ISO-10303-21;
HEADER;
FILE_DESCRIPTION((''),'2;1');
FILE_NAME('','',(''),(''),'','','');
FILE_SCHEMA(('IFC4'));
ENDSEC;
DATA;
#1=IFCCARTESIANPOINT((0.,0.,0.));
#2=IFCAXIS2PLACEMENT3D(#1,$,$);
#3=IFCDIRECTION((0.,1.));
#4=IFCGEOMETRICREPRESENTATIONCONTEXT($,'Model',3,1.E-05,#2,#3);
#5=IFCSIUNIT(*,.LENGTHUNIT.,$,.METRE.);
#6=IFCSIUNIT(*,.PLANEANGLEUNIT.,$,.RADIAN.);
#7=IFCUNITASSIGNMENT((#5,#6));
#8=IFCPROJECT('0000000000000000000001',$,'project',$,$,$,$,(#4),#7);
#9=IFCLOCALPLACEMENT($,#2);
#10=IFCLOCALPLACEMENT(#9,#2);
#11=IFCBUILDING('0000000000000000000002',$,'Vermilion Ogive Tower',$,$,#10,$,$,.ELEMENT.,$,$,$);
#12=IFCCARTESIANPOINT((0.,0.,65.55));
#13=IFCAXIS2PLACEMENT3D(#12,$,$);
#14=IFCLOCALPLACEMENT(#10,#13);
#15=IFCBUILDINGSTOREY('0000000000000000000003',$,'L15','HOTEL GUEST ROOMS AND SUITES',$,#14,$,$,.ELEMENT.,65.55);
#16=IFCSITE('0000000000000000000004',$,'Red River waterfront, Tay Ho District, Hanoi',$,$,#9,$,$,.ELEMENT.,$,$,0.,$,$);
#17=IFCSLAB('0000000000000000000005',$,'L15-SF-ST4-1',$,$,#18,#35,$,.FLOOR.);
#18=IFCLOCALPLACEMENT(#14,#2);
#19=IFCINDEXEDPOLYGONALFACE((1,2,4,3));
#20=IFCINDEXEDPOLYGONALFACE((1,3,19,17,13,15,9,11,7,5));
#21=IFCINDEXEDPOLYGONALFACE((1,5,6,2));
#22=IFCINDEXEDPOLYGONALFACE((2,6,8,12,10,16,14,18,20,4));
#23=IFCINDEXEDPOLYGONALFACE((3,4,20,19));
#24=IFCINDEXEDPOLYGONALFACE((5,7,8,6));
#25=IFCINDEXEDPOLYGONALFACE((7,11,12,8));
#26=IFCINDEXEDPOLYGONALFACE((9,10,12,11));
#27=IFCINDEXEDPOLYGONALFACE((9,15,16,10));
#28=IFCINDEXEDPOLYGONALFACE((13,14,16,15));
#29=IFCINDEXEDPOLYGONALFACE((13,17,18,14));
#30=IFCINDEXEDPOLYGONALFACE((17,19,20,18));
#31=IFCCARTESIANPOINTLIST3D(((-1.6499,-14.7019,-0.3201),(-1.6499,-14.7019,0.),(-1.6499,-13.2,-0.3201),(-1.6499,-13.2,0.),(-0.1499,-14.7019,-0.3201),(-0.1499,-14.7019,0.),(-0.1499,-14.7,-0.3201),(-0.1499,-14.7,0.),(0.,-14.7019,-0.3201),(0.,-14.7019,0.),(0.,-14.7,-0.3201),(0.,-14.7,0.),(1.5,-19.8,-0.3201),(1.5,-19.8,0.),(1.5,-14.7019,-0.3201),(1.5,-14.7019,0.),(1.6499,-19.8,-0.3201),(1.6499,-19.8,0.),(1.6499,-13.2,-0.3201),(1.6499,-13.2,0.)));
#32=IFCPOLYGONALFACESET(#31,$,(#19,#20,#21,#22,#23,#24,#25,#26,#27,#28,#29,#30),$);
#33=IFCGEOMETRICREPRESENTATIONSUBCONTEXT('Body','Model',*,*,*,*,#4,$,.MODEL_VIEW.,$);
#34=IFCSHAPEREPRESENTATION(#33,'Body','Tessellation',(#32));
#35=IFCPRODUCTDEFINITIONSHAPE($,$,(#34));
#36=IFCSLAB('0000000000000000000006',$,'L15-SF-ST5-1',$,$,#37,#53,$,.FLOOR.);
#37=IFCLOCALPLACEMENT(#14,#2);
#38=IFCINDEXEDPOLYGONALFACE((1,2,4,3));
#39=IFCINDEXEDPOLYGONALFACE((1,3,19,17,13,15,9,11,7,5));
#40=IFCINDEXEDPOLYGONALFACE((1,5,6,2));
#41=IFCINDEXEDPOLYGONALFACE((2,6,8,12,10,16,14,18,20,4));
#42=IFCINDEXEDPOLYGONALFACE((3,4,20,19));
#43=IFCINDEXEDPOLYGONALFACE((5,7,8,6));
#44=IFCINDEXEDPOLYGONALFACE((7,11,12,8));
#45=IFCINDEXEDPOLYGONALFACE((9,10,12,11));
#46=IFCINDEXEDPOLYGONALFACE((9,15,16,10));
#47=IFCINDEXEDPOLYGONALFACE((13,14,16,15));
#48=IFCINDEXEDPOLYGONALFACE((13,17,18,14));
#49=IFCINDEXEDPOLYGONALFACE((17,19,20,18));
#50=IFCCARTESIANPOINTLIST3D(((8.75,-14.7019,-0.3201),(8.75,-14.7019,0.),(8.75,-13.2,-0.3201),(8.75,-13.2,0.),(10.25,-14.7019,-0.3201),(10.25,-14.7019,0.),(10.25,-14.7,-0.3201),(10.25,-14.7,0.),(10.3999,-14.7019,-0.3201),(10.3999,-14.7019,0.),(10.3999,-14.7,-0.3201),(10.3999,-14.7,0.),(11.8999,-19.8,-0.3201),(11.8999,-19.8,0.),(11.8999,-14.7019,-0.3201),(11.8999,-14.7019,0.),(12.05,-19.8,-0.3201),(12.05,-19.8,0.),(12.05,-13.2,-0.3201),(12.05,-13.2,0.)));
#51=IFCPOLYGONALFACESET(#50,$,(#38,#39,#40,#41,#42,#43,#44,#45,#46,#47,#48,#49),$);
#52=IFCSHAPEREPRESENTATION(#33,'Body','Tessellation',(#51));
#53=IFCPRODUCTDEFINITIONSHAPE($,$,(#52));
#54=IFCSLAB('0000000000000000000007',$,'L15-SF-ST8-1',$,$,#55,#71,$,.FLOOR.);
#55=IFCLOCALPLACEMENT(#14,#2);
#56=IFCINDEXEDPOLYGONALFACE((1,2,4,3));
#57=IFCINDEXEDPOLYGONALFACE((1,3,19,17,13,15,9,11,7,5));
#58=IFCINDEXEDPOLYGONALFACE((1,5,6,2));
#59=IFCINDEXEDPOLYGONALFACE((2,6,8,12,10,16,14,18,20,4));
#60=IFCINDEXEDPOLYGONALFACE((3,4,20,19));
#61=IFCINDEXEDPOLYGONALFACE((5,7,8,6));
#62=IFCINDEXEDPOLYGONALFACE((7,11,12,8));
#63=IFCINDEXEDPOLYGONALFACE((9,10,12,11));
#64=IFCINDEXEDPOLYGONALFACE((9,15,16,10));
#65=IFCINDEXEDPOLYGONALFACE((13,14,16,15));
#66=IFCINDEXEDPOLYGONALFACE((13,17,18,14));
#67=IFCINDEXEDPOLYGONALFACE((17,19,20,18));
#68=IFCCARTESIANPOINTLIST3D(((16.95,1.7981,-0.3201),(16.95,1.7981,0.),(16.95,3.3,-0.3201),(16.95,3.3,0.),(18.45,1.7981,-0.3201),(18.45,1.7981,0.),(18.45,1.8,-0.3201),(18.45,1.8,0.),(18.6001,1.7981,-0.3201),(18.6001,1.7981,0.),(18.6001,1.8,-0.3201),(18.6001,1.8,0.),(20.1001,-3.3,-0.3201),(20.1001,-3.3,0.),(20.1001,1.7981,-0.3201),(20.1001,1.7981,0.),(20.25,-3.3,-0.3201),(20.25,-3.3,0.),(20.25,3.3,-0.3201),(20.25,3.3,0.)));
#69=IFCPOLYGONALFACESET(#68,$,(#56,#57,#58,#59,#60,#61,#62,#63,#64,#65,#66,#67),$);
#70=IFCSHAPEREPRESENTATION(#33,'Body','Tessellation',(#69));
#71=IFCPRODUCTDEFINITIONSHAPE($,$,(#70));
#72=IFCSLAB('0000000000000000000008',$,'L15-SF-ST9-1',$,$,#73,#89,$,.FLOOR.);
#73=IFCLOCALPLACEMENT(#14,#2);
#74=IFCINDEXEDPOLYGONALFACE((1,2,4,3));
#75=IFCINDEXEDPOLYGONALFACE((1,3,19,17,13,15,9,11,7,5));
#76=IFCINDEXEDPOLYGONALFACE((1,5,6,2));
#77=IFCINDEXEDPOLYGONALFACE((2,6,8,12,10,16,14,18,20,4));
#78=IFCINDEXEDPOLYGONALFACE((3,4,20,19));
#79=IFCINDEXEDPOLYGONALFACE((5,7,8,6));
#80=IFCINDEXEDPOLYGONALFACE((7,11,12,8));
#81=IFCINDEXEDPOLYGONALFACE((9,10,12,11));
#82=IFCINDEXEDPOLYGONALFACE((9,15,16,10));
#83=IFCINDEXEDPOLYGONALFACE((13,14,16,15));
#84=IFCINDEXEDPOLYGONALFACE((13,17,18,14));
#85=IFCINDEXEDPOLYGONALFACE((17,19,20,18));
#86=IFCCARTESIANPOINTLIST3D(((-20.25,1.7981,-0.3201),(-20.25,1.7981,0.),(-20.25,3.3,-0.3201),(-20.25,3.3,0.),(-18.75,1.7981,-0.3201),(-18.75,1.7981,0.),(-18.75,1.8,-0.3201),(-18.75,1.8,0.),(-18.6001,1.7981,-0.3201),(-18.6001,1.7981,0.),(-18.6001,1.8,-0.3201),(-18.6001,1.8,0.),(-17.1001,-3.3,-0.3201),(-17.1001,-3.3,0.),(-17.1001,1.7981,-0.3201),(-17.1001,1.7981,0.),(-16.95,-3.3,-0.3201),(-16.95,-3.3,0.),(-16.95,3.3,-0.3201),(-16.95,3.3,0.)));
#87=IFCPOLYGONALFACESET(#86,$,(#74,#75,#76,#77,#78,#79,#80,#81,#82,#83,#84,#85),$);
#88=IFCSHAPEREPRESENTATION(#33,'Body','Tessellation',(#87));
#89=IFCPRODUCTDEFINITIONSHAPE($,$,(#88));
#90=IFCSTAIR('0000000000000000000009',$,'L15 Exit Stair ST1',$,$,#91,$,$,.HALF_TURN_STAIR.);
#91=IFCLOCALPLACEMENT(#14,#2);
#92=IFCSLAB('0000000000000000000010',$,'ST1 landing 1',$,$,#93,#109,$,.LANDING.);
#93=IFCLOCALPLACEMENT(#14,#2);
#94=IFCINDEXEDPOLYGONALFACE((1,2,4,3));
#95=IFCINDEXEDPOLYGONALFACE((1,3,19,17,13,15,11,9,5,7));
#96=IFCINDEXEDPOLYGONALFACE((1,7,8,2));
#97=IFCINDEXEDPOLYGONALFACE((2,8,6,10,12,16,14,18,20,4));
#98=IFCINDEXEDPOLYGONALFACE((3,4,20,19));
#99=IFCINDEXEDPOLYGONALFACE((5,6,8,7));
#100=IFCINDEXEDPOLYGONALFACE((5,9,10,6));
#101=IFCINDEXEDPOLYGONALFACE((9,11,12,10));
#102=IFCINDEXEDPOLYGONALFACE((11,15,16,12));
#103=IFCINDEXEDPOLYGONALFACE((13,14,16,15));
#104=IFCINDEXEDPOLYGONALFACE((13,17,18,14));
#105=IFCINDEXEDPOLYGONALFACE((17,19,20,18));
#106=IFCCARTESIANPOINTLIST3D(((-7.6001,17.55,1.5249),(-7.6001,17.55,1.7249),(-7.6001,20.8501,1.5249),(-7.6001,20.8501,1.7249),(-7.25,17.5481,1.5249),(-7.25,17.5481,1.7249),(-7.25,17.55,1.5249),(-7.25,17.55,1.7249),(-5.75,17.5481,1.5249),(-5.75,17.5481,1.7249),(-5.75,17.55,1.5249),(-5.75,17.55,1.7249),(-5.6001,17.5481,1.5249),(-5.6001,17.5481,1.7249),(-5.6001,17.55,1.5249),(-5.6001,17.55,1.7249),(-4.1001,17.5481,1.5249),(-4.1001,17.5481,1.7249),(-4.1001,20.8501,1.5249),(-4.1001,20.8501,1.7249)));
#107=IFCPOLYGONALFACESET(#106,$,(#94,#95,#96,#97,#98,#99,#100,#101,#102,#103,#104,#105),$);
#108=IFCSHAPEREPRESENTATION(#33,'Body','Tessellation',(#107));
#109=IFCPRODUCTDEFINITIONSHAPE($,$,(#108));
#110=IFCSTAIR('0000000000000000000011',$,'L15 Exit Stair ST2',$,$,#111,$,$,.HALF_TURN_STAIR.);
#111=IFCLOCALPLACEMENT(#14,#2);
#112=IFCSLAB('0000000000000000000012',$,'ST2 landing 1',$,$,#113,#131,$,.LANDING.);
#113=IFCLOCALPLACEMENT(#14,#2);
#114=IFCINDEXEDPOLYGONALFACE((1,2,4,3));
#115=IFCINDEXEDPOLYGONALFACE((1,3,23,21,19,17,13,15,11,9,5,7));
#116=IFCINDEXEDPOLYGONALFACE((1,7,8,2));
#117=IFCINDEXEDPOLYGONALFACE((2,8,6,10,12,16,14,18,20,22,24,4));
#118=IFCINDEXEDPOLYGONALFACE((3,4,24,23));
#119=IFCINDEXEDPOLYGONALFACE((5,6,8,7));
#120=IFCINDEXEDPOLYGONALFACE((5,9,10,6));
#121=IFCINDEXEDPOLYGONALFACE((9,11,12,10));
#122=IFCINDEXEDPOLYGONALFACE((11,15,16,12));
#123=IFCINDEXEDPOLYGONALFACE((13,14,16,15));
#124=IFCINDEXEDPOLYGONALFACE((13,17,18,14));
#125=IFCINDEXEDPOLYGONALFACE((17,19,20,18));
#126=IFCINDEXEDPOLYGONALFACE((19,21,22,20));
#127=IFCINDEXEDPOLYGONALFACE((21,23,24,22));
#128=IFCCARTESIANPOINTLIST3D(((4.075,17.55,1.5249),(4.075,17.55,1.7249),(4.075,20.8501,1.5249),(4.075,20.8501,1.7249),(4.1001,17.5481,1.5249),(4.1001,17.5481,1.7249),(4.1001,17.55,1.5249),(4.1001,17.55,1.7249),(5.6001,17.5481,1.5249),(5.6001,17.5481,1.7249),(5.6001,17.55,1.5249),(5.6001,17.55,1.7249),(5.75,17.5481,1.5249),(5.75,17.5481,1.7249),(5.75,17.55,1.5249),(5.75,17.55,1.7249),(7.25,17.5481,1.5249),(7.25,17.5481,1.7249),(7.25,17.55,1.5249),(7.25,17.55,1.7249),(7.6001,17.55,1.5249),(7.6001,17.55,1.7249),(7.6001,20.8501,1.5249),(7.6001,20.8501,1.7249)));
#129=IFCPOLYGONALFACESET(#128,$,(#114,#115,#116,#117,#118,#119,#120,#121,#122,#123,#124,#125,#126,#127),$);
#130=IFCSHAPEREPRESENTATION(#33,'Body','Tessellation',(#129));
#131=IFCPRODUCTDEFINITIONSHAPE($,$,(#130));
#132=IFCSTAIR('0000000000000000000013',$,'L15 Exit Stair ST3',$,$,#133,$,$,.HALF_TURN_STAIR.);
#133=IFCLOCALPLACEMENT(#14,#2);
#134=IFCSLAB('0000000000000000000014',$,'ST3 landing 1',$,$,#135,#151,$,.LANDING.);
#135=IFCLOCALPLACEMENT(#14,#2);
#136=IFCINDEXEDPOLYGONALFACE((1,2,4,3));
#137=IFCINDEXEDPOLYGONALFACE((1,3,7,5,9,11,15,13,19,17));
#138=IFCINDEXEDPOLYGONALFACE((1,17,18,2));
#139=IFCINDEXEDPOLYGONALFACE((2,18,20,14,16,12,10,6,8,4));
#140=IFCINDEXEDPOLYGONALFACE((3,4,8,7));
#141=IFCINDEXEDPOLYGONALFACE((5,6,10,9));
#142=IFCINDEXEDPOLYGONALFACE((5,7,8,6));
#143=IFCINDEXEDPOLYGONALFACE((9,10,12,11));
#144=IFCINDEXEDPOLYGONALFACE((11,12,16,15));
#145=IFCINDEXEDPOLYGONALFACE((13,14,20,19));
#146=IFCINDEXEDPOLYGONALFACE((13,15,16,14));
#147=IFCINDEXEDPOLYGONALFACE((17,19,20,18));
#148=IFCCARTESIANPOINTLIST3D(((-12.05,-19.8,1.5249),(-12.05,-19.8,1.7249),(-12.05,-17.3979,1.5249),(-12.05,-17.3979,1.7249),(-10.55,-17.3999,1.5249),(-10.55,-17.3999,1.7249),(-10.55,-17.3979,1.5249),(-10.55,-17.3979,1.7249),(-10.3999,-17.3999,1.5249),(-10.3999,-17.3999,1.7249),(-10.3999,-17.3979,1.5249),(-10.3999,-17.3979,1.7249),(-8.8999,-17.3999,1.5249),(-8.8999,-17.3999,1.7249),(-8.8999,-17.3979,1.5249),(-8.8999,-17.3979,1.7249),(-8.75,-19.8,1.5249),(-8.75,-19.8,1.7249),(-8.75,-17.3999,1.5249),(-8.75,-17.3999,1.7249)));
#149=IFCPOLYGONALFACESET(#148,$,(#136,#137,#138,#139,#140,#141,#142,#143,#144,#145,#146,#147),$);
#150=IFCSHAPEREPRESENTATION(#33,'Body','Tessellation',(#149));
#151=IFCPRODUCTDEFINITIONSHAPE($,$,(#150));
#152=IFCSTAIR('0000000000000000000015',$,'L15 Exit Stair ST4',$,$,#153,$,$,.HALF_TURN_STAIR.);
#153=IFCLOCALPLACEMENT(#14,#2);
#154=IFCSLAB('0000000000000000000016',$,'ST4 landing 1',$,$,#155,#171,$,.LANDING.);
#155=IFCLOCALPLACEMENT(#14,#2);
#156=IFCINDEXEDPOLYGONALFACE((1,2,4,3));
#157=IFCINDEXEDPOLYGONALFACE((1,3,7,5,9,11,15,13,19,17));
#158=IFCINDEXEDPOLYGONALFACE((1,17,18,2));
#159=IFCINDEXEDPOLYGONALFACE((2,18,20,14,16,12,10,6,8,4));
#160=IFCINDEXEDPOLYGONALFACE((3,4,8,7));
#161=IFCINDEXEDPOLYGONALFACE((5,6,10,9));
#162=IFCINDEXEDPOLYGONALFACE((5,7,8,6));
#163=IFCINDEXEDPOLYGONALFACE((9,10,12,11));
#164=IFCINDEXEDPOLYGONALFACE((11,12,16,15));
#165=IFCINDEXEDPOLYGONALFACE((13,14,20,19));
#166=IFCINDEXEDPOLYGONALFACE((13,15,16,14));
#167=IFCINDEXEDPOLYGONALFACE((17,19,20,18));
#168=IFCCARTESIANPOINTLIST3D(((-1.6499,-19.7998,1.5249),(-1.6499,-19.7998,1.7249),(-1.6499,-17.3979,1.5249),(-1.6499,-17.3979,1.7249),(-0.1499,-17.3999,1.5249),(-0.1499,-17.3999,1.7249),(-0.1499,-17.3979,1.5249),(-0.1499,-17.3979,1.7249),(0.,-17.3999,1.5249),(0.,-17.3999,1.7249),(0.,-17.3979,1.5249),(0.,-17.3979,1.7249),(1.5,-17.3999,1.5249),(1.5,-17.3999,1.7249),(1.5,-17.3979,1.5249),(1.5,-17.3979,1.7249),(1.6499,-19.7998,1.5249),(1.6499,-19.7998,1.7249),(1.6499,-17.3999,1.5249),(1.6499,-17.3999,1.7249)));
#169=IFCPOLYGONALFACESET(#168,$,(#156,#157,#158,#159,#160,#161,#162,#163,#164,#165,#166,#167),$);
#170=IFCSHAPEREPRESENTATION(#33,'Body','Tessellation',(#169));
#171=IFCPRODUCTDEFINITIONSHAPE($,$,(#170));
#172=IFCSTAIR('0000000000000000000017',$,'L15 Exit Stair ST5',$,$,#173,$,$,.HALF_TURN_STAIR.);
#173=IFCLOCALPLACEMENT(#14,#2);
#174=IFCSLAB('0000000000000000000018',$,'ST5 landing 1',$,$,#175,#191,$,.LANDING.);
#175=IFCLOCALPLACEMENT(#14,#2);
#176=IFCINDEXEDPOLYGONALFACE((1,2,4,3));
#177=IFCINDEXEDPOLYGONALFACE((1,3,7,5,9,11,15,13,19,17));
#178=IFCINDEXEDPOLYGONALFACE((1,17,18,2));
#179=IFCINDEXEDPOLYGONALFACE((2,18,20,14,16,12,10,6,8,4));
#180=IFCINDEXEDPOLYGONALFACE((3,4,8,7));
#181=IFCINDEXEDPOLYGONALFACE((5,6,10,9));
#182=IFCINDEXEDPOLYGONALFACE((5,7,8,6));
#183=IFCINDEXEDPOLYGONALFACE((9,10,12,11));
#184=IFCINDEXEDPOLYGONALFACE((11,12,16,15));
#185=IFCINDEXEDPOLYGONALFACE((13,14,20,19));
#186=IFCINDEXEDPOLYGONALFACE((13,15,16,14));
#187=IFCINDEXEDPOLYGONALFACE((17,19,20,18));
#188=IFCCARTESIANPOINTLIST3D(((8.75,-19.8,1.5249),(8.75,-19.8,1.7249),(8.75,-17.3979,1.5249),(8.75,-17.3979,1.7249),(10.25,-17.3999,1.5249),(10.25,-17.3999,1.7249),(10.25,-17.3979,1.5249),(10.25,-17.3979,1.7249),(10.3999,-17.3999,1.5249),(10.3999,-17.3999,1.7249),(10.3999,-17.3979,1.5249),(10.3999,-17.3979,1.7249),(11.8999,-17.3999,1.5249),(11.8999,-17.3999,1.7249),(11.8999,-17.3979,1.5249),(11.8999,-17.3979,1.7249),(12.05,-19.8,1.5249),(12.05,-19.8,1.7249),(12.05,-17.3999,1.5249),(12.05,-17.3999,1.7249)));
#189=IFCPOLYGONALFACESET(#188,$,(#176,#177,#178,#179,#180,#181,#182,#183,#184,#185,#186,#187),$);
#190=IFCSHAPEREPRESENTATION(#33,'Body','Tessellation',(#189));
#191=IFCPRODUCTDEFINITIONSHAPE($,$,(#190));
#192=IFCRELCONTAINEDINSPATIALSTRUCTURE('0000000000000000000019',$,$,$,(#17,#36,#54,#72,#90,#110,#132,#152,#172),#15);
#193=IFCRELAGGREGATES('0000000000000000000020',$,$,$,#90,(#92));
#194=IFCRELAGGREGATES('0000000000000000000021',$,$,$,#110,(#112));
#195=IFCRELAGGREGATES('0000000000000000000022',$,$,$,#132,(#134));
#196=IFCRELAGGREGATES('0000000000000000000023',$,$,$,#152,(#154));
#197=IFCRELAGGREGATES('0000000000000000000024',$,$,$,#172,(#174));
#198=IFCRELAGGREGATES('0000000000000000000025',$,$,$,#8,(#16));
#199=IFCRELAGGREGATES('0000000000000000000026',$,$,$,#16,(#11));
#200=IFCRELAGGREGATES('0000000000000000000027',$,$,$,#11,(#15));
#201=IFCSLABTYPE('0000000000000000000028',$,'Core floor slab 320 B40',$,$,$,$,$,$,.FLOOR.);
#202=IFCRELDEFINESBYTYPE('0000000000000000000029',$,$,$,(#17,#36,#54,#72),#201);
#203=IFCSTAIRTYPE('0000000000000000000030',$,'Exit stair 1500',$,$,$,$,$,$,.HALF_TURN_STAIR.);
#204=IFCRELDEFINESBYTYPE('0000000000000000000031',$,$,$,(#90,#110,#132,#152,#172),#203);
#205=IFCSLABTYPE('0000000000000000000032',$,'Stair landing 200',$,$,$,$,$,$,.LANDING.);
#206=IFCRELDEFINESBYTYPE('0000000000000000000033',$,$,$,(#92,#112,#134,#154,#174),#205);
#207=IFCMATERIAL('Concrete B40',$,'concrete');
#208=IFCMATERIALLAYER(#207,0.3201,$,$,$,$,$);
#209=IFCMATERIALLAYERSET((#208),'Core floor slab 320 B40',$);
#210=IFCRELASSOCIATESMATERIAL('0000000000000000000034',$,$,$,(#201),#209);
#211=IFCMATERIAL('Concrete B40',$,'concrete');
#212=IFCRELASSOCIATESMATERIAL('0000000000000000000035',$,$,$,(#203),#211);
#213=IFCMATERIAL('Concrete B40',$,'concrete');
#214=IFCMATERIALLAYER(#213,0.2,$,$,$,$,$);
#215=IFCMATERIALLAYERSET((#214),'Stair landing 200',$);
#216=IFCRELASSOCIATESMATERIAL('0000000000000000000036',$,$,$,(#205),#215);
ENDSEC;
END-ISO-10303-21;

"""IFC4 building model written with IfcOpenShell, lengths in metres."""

from ifc_helpers import new_model, si_unit, direction, frame, origin, place, context, subcontext, project, spatial, polyline, outline, extrude, material, layer, layer_set, type_object, element, aggregate, save


model = new_model("IFC4")

# Units and contexts
model_context = context("Model", 3, precision=1e-05, world=origin(), true_north=direction((0.0, 1.0)))
body_context = subcontext(model_context, "Body", "Model", "MODEL_VIEW")
ifc_project = project(units=[si_unit("LENGTHUNIT", "METRE"), si_unit("PLANEANGLEUNIT", "RADIAN")], contexts=[model_context])

# Site, building, storey
site_placement = place(None, origin())
site = spatial("IfcSite", under=ifc_project, at=site_placement, Name="Red River waterfront, Tay Ho District, Hanoi", CompositionType="ELEMENT", RefElevation=0.0)
building_placement = place(site_placement, origin())
building = spatial("IfcBuilding", under=site, at=building_placement, Name="Vermilion Ogive Tower", CompositionType="ELEMENT")
storey_placement = place(building_placement, frame((0.0, 0.0, 65.55)))
storey = spatial("IfcBuildingStorey", under=building, at=storey_placement, Name="L15", Description="HOTEL GUEST ROOMS AND SUITES", CompositionType="ELEMENT", Elevation=65.55)

# Slabs
ifc_material_1 = material(Name="Concrete B40", Category="concrete")
ifc_layer_1 = layer(ifc_material_1, 0.3201)
ifc_layer_set_1 = layer_set([ifc_layer_1], Name="Core floor slab 320 B40")
slab_type_1 = type_object("IfcSlabType", Name="Core floor slab 320 B40", PredefinedType="FLOOR", material=ifc_layer_set_1)
slab_1_placement = place(storey_placement, frame((0.0, 0.0, -0.3201)))
element("IfcSlab", 1, at=slab_1_placement, inside=storey, type_object=slab_type_1, Name="L15-SF-ST4-1", PredefinedType="FLOOR", context=body_context, shape_type="SweptSolid", body=[
    extrude(outline(polyline([(-1.6499, -13.2), (-1.6499, -14.7019), (-0.1499, -14.7019), (-0.1499, -14.7), (0.0, -14.7), (0.0, -14.7019), (1.5, -14.7019), (1.5, -19.8), (1.6499, -19.8), (1.6499, -13.2), (-1.6499, -13.2)])), origin(), (0.0, 0.0, 1.0), 0.3201),
])
slab_2_placement = place(storey_placement, frame((0.0, 0.0, -0.3201)))
element("IfcSlab", 2, at=slab_2_placement, inside=storey, type_object=slab_type_1, Name="L15-SF-ST5-1", PredefinedType="FLOOR", context=body_context, shape_type="SweptSolid", body=[
    extrude(outline(polyline([(8.75, -13.2), (8.75, -14.7019), (10.25, -14.7019), (10.25, -14.7), (10.3999, -14.7), (10.3999, -14.7019), (11.8999, -14.7019), (11.8999, -19.8), (12.05, -19.8), (12.05, -13.2), (8.75, -13.2)])), origin(), (0.0, 0.0, 1.0), 0.3201),
])
slab_3_placement = place(storey_placement, frame((0.0, 0.0, -0.3201)))
element("IfcSlab", 3, at=slab_3_placement, inside=storey, type_object=slab_type_1, Name="L15-SF-ST8-1", PredefinedType="FLOOR", context=body_context, shape_type="SweptSolid", body=[
    extrude(outline(polyline([(16.95, 3.3), (16.95, 1.7981), (18.45, 1.7981), (18.45, 1.8), (18.6001, 1.8), (18.6001, 1.7981), (20.1001, 1.7981), (20.1001, -3.3), (20.25, -3.3), (20.25, 3.3), (16.95, 3.3)])), origin(), (0.0, 0.0, 1.0), 0.3201),
])
slab_4_placement = place(storey_placement, frame((0.0, 0.0, -0.3201)))
element("IfcSlab", 4, at=slab_4_placement, inside=storey, type_object=slab_type_1, Name="L15-SF-ST9-1", PredefinedType="FLOOR", context=body_context, shape_type="SweptSolid", body=[
    extrude(outline(polyline([(-20.25, 3.3), (-20.25, 1.7981), (-18.75, 1.7981), (-18.75, 1.8), (-18.6001, 1.8), (-18.6001, 1.7981), (-17.1001, 1.7981), (-17.1001, -3.3), (-16.95, -3.3), (-16.95, 3.3), (-20.25, 3.3)])), origin(), (0.0, 0.0, 1.0), 0.3201),
])

# Stairs, slabs
ifc_material_2 = material(Name="Concrete B40", Category="concrete")
stair_type = type_object("IfcStairType", Name="Exit stair 1500", PredefinedType="HALF_TURN_STAIR", material=ifc_material_2)
stair_1_placement = place(storey_placement, origin())
stair_1 = element("IfcStair", 5, at=stair_1_placement, inside=storey, type_object=stair_type, Name="L15 Exit Stair ST1", PredefinedType="HALF_TURN_STAIR")
ifc_material_3 = material(Name="Concrete B40", Category="concrete")
ifc_layer_2 = layer(ifc_material_3, 0.2)
ifc_layer_set_2 = layer_set([ifc_layer_2], Name="Stair landing 200")
slab_type_2 = type_object("IfcSlabType", Name="Stair landing 200", PredefinedType="LANDING", material=ifc_layer_set_2)
slab_5_placement = place(storey_placement, frame((0.0, 0.0, 1.5249)))
slab_5 = element("IfcSlab", 6, at=slab_5_placement, type_object=slab_type_2, Name="ST1 landing 1", PredefinedType="LANDING", context=body_context, shape_type="SweptSolid", body=[
    extrude(outline(polyline([(-7.6001, 17.55), (-7.25, 17.55), (-7.25, 17.5481), (-5.75, 17.5481), (-5.75, 17.55), (-5.6001, 17.55), (-5.6001, 17.5481), (-4.1001, 17.5481), (-4.1001, 20.8501), (-7.6001, 20.8501), (-7.6001, 17.55)])), origin(), (0.0, 0.0, 1.0), 0.2),
])
aggregate(stair_1, [slab_5])
stair_2_placement = place(storey_placement, origin())
stair_2 = element("IfcStair", 7, at=stair_2_placement, inside=storey, type_object=stair_type, Name="L15 Exit Stair ST2", PredefinedType="HALF_TURN_STAIR")
slab_6_placement = place(storey_placement, frame((0.0, 0.0, 1.5249)))
slab_6 = element("IfcSlab", 8, at=slab_6_placement, type_object=slab_type_2, Name="ST2 landing 1", PredefinedType="LANDING", context=body_context, shape_type="SweptSolid", body=[
    extrude(outline(polyline([(5.6001, 17.55), (5.75, 17.55), (5.75, 17.5481), (7.25, 17.5481), (7.25, 17.55), (7.6001, 17.55), (7.6001, 20.8501), (4.075, 20.8501), (4.075, 17.55), (4.1001, 17.55), (4.1001, 17.5481), (5.6001, 17.5481), (5.6001, 17.55)])), origin(), (0.0, 0.0, 1.0), 0.2),
])
aggregate(stair_2, [slab_6])
stair_3_placement = place(storey_placement, origin())
stair_3 = element("IfcStair", 9, at=stair_3_placement, inside=storey, type_object=stair_type, Name="L15 Exit Stair ST3", PredefinedType="HALF_TURN_STAIR")
slab_7_placement = place(storey_placement, frame((0.0, 0.0, 1.5249)))
slab_7 = element("IfcSlab", 10, at=slab_7_placement, type_object=slab_type_2, Name="ST3 landing 1", PredefinedType="LANDING", context=body_context, shape_type="SweptSolid", body=[
    extrude(outline(polyline([(-8.75, -17.3999), (-8.8999, -17.3999), (-8.8999, -17.3979), (-10.3999, -17.3979), (-10.3999, -17.3999), (-10.55, -17.3999), (-10.55, -17.3979), (-12.05, -17.3979), (-12.05, -19.8), (-8.75, -19.8), (-8.75, -17.3999)])), origin(), (0.0, 0.0, 1.0), 0.2),
])
aggregate(stair_3, [slab_7])
stair_4_placement = place(storey_placement, origin())
stair_4 = element("IfcStair", 11, at=stair_4_placement, inside=storey, type_object=stair_type, Name="L15 Exit Stair ST4", PredefinedType="HALF_TURN_STAIR")
slab_8_placement = place(storey_placement, frame((0.0, 0.0, 1.5249)))
slab_8 = element("IfcSlab", 12, at=slab_8_placement, type_object=slab_type_2, Name="ST4 landing 1", PredefinedType="LANDING", context=body_context, shape_type="SweptSolid", body=[
    extrude(outline(polyline([(1.6499, -17.3999), (1.5, -17.3999), (1.5, -17.3979), (0.0, -17.3979), (0.0, -17.3999), (-0.1499, -17.3999), (-0.1499, -17.3979), (-1.6499, -17.3979), (-1.6499, -19.7998), (1.6499, -19.7998), (1.6499, -17.3999)])), origin(), (0.0, 0.0, 1.0), 0.2),
])
aggregate(stair_4, [slab_8])
stair_5_placement = place(storey_placement, origin())
stair_5 = element("IfcStair", 13, at=stair_5_placement, inside=storey, type_object=stair_type, Name="L15 Exit Stair ST5", PredefinedType="HALF_TURN_STAIR")
slab_9_placement = place(storey_placement, frame((0.0, 0.0, 1.5249)))
slab_9 = element("IfcSlab", 14, at=slab_9_placement, type_object=slab_type_2, Name="ST5 landing 1", PredefinedType="LANDING", context=body_context, shape_type="SweptSolid", body=[
    extrude(outline(polyline([(12.05, -17.3999), (11.8999, -17.3999), (11.8999, -17.3979), (10.3999, -17.3979), (10.3999, -17.3999), (10.25, -17.3999), (10.25, -17.3979), (8.75, -17.3979), (8.75, -19.8), (12.05, -19.8), (12.05, -17.3999)])), origin(), (0.0, 0.0, 1.0), 0.2),
])
aggregate(stair_5, [slab_9])

save(model, "model.ifc")
